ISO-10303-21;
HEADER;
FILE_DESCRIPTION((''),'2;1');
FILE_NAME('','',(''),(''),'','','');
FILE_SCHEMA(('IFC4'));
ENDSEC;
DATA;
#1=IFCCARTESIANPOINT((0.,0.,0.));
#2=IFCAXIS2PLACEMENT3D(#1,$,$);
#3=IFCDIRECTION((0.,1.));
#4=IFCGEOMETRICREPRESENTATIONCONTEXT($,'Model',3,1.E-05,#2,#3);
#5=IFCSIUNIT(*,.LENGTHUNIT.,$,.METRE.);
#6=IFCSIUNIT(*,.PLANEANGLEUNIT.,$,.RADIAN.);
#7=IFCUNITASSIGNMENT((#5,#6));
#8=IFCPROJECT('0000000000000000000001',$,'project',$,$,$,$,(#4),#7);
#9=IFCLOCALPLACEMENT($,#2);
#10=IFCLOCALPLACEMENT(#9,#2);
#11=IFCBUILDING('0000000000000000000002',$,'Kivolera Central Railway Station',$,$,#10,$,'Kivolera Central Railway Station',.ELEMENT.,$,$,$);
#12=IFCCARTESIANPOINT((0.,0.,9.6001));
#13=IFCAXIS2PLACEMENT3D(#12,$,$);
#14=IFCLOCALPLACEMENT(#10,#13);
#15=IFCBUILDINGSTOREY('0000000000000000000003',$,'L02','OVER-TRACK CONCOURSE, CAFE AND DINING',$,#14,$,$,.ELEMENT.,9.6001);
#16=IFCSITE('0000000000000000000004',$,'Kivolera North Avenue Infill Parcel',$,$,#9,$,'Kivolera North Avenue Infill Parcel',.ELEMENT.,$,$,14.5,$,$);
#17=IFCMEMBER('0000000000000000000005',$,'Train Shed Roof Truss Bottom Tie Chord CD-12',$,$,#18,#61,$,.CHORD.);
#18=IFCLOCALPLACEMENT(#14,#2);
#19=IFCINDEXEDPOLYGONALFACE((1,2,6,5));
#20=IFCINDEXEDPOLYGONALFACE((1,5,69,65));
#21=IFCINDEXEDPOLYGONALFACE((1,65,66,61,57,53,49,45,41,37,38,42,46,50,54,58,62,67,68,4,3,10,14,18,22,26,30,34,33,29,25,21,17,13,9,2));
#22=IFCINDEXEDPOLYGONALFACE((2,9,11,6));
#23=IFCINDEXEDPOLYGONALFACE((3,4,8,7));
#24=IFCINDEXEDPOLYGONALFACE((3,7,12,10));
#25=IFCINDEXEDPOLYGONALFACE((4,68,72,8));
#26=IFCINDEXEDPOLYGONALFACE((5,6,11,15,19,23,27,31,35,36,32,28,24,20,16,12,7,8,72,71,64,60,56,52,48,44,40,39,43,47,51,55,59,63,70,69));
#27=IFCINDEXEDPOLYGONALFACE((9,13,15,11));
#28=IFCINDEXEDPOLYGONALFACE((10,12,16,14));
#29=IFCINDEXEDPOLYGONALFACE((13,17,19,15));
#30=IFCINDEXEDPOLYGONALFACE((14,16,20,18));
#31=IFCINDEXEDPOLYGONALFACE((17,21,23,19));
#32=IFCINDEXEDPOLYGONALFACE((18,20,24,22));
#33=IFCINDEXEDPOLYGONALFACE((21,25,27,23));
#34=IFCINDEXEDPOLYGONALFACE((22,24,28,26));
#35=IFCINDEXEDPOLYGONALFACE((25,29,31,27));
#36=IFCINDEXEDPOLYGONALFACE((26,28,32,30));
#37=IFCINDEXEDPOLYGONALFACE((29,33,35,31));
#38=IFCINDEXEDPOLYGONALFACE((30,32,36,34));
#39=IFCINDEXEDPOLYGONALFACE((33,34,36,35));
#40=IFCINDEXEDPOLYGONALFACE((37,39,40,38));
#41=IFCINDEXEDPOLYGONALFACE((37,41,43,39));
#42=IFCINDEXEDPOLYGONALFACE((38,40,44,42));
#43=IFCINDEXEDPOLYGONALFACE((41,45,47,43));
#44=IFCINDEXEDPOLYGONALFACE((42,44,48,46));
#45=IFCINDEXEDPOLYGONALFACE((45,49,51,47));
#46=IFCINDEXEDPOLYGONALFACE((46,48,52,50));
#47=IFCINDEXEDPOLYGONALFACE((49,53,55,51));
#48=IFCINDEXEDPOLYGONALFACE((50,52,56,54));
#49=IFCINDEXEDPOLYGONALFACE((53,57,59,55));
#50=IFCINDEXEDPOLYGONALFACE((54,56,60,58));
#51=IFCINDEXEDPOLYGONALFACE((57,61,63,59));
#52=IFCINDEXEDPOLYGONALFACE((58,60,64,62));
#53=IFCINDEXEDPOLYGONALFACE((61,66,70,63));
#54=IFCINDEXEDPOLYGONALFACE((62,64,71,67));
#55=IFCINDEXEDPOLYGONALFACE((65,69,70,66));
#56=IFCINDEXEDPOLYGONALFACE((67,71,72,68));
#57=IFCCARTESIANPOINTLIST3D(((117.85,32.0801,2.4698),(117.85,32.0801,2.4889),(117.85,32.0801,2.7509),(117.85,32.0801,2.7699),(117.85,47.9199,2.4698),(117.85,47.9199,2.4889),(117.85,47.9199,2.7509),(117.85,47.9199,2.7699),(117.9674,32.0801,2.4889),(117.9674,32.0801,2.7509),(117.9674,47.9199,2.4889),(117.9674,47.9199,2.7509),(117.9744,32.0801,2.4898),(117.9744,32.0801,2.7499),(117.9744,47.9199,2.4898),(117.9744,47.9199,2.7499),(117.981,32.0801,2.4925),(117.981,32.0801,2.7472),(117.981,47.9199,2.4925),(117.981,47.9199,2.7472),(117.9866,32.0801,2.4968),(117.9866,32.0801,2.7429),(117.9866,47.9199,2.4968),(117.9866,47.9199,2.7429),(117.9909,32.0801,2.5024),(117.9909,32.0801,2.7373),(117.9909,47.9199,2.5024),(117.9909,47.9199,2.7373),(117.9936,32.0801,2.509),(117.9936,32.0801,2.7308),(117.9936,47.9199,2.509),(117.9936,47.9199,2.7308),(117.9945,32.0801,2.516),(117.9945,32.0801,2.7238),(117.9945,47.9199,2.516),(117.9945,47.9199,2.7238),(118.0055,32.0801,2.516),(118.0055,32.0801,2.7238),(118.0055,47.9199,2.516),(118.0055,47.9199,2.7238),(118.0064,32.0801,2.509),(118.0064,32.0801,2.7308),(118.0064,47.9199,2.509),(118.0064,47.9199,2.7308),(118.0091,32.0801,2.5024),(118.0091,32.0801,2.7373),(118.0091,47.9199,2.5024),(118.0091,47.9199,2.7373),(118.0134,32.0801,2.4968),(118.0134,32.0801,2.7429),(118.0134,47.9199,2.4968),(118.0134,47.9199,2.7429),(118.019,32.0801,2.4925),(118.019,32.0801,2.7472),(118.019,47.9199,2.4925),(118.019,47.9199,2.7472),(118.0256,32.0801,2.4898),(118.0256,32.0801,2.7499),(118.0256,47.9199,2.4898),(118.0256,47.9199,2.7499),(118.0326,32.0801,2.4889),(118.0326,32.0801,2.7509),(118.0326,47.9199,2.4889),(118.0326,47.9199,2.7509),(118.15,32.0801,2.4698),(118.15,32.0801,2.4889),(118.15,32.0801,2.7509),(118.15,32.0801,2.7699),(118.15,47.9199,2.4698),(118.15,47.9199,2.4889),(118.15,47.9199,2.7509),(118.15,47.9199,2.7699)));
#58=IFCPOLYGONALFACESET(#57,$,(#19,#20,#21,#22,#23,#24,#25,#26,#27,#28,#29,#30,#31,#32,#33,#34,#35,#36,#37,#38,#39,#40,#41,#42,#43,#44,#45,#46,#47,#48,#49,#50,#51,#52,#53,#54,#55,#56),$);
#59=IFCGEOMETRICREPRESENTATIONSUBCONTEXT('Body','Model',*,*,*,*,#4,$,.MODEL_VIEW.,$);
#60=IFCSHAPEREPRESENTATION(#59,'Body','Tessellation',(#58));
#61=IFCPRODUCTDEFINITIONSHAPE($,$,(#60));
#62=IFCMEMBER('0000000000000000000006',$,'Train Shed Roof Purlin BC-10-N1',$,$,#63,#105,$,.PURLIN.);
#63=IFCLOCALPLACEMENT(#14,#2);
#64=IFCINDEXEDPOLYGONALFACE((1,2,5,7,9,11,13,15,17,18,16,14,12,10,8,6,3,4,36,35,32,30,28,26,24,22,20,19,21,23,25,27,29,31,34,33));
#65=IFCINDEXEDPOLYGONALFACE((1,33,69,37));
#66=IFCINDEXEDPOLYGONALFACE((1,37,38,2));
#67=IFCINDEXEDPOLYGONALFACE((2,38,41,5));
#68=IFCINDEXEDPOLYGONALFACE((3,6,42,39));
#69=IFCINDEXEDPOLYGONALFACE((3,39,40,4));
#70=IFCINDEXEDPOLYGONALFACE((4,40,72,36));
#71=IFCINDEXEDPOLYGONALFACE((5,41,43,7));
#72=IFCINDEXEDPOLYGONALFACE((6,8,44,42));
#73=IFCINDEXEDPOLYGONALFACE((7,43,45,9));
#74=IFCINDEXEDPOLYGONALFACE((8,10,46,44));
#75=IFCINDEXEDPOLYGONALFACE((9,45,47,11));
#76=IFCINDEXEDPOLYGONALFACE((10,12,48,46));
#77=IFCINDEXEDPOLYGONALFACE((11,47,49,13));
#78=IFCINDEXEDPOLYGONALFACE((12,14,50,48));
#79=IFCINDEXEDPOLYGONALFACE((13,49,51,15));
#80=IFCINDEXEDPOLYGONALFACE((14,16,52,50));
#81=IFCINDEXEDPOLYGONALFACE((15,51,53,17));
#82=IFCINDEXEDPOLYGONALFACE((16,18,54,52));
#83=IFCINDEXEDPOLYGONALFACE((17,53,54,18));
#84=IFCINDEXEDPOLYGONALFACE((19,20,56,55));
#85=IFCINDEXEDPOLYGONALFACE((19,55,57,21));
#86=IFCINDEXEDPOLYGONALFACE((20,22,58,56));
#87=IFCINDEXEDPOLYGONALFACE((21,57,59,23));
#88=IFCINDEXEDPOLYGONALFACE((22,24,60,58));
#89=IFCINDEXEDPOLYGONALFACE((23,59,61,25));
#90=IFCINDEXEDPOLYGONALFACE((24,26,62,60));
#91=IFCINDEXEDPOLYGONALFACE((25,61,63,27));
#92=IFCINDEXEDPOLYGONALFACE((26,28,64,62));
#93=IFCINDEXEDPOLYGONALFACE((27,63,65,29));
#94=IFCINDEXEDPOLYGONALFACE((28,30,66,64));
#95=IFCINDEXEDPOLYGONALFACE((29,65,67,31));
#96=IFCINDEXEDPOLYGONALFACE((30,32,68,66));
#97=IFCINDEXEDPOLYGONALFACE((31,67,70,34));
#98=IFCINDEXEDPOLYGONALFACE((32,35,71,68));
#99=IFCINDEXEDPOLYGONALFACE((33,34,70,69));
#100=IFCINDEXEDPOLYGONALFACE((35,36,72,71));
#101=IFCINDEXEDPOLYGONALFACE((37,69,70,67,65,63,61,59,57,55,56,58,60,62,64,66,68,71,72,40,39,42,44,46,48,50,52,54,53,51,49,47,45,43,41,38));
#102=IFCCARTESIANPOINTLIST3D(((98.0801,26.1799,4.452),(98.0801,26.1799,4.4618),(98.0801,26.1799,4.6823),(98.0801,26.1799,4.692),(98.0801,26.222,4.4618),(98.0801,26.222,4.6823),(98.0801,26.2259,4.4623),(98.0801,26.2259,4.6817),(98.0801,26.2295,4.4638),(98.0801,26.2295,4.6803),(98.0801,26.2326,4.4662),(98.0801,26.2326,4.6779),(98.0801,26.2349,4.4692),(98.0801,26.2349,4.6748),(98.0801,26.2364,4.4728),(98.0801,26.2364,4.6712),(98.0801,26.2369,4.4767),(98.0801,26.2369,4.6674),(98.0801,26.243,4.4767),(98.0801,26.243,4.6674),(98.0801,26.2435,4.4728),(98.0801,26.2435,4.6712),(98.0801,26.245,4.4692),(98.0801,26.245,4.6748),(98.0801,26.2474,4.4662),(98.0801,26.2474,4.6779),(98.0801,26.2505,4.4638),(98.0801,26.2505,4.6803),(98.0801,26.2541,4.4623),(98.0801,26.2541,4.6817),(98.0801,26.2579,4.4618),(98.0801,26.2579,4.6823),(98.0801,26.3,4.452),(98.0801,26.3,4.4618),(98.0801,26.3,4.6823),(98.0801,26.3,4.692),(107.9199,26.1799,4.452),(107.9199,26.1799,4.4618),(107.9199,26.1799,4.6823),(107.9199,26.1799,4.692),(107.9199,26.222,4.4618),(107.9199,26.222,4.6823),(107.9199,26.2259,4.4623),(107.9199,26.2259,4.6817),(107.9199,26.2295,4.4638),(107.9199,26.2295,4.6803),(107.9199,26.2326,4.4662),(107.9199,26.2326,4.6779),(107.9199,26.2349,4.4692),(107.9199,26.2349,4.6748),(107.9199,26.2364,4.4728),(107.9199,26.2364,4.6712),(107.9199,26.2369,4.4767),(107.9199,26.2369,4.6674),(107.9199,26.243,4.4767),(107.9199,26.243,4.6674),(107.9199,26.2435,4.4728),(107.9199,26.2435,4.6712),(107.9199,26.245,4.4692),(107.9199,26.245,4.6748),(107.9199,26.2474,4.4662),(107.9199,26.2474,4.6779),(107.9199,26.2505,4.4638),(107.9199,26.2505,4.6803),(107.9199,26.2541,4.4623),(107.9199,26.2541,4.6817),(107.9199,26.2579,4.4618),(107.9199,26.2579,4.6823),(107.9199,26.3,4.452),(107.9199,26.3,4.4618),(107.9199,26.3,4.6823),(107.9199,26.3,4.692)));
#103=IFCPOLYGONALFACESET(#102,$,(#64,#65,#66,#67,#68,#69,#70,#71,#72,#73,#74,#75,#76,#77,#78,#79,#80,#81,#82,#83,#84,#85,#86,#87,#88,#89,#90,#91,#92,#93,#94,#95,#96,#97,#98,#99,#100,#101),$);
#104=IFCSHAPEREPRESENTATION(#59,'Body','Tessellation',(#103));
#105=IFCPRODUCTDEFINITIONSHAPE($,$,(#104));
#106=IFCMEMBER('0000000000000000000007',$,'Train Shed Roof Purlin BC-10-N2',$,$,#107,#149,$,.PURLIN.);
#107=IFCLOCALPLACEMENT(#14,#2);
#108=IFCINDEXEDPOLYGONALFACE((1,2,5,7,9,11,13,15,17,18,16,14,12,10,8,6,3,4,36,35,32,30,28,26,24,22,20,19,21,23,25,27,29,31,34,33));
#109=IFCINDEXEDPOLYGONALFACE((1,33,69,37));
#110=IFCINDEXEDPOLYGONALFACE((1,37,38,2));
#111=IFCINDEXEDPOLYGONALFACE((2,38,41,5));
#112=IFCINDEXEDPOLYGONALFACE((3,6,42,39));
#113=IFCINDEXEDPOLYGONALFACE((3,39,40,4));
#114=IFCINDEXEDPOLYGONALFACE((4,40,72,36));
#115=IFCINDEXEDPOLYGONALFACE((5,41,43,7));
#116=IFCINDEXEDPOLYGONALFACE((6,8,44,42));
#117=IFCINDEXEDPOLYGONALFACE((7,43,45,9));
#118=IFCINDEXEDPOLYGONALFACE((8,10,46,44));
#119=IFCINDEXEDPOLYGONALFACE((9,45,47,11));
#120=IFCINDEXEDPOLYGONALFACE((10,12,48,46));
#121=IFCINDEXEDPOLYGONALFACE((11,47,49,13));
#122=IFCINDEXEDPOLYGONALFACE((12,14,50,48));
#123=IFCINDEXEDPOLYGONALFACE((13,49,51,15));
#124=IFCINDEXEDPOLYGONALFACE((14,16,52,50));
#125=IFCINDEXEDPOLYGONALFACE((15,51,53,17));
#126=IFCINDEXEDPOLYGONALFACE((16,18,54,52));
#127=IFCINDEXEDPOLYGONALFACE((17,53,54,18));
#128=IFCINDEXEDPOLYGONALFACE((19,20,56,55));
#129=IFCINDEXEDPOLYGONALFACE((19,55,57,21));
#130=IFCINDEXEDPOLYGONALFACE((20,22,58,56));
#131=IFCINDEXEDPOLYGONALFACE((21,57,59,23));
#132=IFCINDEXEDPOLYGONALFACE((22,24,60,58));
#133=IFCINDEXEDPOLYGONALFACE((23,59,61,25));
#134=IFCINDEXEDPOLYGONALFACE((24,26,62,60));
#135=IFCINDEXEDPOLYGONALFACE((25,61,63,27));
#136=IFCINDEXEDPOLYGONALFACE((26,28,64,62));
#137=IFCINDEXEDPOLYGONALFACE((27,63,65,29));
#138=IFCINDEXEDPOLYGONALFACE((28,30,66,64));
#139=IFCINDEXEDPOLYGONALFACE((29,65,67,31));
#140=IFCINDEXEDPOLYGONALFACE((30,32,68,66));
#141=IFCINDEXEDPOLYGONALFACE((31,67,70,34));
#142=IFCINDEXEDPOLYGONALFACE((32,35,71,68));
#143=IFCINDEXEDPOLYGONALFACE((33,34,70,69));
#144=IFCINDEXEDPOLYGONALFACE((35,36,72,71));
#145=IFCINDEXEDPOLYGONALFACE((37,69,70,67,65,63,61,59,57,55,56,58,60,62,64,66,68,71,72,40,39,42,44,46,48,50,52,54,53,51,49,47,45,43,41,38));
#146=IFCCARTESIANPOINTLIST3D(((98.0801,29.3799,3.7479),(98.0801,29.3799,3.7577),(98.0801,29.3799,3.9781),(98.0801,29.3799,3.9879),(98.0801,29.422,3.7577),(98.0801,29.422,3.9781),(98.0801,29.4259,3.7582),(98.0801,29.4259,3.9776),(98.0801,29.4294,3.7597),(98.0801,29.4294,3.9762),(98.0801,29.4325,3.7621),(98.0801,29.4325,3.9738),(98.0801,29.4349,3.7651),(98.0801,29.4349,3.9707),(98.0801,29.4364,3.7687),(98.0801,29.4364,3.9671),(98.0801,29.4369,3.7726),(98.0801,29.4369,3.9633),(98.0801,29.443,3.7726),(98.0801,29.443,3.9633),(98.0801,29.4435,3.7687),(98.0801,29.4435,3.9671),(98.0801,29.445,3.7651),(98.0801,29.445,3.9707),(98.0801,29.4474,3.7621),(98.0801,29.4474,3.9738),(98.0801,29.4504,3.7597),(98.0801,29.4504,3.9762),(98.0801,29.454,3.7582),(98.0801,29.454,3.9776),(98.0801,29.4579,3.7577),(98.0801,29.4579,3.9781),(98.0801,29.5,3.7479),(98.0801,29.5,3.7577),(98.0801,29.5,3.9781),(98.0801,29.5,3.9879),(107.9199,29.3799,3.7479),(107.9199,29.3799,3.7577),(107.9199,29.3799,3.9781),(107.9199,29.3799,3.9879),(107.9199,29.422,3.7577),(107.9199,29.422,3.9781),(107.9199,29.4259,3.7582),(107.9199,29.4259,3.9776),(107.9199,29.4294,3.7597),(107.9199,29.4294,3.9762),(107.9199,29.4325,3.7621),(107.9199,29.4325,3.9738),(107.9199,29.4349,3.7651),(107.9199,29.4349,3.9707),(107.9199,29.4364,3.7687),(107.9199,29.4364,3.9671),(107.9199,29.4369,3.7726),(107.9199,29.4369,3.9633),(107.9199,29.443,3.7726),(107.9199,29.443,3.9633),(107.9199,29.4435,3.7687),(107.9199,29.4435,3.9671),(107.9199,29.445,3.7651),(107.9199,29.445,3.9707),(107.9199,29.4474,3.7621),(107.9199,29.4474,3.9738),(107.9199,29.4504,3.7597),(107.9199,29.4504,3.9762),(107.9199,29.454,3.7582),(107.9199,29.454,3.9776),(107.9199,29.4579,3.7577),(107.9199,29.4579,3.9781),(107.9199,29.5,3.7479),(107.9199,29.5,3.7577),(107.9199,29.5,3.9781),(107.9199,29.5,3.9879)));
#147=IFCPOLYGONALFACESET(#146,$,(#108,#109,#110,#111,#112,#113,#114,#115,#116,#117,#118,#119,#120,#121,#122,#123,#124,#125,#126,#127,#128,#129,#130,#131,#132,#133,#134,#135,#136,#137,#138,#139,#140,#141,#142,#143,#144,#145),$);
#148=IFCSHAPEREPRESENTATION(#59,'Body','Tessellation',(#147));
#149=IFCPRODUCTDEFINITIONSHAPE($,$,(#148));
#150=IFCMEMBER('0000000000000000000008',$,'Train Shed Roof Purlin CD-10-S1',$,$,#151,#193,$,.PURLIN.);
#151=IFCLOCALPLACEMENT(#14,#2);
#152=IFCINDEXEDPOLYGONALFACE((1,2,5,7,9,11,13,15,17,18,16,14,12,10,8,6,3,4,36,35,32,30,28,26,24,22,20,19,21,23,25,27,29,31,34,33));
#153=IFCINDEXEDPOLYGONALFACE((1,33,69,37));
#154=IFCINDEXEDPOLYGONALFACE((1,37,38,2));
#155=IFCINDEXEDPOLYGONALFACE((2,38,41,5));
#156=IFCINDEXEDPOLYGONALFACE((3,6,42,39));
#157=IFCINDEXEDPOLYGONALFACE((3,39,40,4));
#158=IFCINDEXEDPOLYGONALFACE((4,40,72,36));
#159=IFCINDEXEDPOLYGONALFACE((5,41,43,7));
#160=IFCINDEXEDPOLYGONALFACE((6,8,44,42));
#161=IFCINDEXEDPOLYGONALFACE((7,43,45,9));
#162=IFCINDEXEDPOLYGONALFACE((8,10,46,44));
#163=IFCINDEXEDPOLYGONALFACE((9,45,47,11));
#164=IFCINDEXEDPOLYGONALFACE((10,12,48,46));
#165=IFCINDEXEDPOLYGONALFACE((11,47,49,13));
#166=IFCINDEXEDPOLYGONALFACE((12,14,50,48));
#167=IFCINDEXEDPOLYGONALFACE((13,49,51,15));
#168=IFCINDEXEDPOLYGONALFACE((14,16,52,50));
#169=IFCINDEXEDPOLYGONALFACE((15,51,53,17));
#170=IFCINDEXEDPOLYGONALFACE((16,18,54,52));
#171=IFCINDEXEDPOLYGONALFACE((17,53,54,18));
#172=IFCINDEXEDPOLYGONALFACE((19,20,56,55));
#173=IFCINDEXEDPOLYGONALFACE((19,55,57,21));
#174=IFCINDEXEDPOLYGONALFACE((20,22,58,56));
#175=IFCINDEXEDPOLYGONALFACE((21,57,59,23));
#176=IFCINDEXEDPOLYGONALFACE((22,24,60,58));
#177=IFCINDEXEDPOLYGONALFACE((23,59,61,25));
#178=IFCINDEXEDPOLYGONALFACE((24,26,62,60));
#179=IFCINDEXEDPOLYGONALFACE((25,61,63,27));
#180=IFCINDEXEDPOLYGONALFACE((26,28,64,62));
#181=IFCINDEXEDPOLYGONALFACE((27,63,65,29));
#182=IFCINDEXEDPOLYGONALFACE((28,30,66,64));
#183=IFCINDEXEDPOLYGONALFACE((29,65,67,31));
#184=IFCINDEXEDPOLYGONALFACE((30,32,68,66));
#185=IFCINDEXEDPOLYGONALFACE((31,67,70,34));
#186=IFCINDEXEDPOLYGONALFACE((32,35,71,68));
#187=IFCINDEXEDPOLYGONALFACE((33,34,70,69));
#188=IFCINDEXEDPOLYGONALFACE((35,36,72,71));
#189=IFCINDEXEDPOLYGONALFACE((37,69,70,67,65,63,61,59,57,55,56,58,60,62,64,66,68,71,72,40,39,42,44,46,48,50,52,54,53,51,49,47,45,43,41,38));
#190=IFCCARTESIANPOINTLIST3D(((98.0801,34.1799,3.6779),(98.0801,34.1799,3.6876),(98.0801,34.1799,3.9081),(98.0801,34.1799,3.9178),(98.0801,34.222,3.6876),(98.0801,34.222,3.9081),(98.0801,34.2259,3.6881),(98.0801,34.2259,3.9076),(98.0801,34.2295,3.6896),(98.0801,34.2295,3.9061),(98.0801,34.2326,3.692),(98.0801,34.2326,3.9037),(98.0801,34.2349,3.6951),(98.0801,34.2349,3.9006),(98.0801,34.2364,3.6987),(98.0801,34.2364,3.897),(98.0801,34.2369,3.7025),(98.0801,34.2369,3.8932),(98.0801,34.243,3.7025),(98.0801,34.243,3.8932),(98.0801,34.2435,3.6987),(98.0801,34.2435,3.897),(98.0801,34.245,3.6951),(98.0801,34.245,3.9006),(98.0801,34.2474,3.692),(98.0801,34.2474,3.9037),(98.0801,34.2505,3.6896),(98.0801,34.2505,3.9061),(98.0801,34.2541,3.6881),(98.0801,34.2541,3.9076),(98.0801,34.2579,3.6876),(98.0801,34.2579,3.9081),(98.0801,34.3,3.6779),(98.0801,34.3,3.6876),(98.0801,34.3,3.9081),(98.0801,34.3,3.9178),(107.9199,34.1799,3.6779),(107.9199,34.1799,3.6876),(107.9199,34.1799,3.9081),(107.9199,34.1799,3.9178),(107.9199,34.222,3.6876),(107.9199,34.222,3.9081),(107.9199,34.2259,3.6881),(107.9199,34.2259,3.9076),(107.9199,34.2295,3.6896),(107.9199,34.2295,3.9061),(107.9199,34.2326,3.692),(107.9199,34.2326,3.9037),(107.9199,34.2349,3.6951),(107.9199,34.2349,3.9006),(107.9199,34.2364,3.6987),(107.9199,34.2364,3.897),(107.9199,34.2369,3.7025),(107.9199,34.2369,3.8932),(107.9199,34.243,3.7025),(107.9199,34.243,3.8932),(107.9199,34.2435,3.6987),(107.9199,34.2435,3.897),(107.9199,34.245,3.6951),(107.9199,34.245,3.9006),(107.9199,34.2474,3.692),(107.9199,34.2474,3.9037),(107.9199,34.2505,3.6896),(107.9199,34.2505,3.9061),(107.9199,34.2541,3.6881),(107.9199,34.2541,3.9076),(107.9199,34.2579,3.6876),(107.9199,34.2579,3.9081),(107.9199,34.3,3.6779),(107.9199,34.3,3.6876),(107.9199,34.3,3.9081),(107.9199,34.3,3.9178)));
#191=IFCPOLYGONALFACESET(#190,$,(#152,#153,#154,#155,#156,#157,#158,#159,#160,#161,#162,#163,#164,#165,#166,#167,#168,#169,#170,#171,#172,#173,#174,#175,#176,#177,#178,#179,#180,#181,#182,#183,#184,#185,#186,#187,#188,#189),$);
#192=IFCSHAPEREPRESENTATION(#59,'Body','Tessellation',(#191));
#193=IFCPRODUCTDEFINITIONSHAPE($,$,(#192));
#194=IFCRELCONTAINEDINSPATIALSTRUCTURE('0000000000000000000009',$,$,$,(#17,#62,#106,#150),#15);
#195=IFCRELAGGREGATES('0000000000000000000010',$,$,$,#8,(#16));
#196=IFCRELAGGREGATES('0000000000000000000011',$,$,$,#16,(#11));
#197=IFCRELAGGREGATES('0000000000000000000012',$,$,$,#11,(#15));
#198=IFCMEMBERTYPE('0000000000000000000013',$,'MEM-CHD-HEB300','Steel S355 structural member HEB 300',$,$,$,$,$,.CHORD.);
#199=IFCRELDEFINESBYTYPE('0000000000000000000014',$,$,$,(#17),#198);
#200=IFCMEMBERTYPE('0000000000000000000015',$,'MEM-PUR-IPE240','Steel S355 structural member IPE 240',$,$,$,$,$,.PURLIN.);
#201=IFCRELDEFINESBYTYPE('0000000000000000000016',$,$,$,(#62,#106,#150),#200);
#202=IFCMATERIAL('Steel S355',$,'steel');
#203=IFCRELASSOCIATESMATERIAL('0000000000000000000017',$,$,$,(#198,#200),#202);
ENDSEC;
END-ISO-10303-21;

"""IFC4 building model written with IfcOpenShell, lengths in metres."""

from ifc_helpers import new_model, si_unit, direction, frame, origin, origin_2d, place, context, subcontext, project, spatial, i_section, extrude, material, material_profile, profile_set, type_object, element, save


model = new_model("IFC4")

# Units and contexts
model_context = context("Model", 3, precision=1e-05, world=origin(), true_north=direction((0.0, 1.0)))
body_context = subcontext(model_context, "Body", "Model", "MODEL_VIEW")
ifc_project = project(units=[si_unit("LENGTHUNIT", "METRE"), si_unit("PLANEANGLEUNIT", "RADIAN")], contexts=[model_context])

# Site, building, storey
site_placement = place(None, origin())
site = spatial("IfcSite", under=ifc_project, at=site_placement, Name="Kivolera North Avenue Infill Parcel", LongName="Kivolera North Avenue Infill Parcel", CompositionType="ELEMENT", RefElevation=14.5)
building_placement = place(site_placement, origin())
building = spatial("IfcBuilding", under=site, at=building_placement, Name="Kivolera Central Railway Station", LongName="Kivolera Central Railway Station", CompositionType="ELEMENT")
storey_placement = place(building_placement, frame((0.0, 0.0, 9.6001)))
storey = spatial("IfcBuildingStorey", under=building, at=storey_placement, Name="L02", Description="OVER-TRACK CONCOURSE, CAFE AND DINING", CompositionType="ELEMENT", Elevation=9.6001)

# Shared definitions
ifc_material_1 = material(Name="Steel S355", Category="steel")

# Members
ifc_material_profile_1 = material_profile(ifc_material_1, i_section(OverallWidth=0.3, OverallDepth=0.3, WebThickness=0.011, FlangeThickness=0.019, FilletRadius=0.0271, at=origin_2d()), Name="HEB 300")
ifc_profile_set_1 = profile_set([ifc_material_profile_1], Name="Steel S355")
member_type_1 = type_object("IfcMemberType", Name="MEM-CHD-HEB300", Description="Steel S355 structural member HEB 300", PredefinedType="CHORD", material=ifc_profile_set_1)
for number, where, z_axis, x_axis, name in (
    (1, (118.0, 32.0801, 2.6199), (0.0, 1.0, 0.0), (-1.0, 0.0, 0.0), "Train Shed Roof Truss Bottom Tie Chord CD-12"),
):
    element("IfcMember", number, at=place(storey_placement, frame(where, z_axis=z_axis, x_axis=x_axis)), inside=storey, type_object=member_type_1, Name=name, PredefinedType="CHORD", context=body_context, shape_type="SweptSolid", body=[
        extrude(i_section(OverallWidth=0.3, OverallDepth=0.3, WebThickness=0.011, FlangeThickness=0.019, FilletRadius=0.0271, at=origin_2d()), origin(), (0.0, 0.0, 1.0), 15.8398),
    ])
ifc_material_profile_2 = material_profile(ifc_material_1, i_section(OverallWidth=0.1201, OverallDepth=0.24, WebThickness=0.0061, FlangeThickness=0.0098, FilletRadius=0.0149, at=origin_2d()), Name="IPE 240")
ifc_profile_set_2 = profile_set([ifc_material_profile_2], Name="Steel S355")
member_type_2 = type_object("IfcMemberType", Name="MEM-PUR-IPE240", Description="Steel S355 structural member IPE 240", PredefinedType="PURLIN", material=ifc_profile_set_2)
for number, where, z_axis, x_axis, name in (
    (2, (98.0801, 26.24, 4.572), (1.0, 0.0, 0.0), (0.0, 1.0, 0.0), "Train Shed Roof Purlin BC-10-N1"),
    (3, (98.0801, 29.4399, 3.8679), (1.0, 0.0, 0.0), (0.0, 1.0, 0.0), "Train Shed Roof Purlin BC-10-N2"),
    (4, (98.0801, 34.24, 3.7979), (1.0, 0.0, 0.0), (0.0, 1.0, 0.0), "Train Shed Roof Purlin CD-10-S1"),
):
    element("IfcMember", number, at=place(storey_placement, frame(where, z_axis=z_axis, x_axis=x_axis)), inside=storey, type_object=member_type_2, Name=name, PredefinedType="PURLIN", context=body_context, shape_type="SweptSolid", body=[
        extrude(i_section(OverallWidth=0.1201, OverallDepth=0.24, WebThickness=0.0061, FlangeThickness=0.0098, FilletRadius=0.0149, at=origin_2d()), origin(), (0.0, 0.0, 1.0), 9.8398),
    ])

save(model, "model.ifc")
